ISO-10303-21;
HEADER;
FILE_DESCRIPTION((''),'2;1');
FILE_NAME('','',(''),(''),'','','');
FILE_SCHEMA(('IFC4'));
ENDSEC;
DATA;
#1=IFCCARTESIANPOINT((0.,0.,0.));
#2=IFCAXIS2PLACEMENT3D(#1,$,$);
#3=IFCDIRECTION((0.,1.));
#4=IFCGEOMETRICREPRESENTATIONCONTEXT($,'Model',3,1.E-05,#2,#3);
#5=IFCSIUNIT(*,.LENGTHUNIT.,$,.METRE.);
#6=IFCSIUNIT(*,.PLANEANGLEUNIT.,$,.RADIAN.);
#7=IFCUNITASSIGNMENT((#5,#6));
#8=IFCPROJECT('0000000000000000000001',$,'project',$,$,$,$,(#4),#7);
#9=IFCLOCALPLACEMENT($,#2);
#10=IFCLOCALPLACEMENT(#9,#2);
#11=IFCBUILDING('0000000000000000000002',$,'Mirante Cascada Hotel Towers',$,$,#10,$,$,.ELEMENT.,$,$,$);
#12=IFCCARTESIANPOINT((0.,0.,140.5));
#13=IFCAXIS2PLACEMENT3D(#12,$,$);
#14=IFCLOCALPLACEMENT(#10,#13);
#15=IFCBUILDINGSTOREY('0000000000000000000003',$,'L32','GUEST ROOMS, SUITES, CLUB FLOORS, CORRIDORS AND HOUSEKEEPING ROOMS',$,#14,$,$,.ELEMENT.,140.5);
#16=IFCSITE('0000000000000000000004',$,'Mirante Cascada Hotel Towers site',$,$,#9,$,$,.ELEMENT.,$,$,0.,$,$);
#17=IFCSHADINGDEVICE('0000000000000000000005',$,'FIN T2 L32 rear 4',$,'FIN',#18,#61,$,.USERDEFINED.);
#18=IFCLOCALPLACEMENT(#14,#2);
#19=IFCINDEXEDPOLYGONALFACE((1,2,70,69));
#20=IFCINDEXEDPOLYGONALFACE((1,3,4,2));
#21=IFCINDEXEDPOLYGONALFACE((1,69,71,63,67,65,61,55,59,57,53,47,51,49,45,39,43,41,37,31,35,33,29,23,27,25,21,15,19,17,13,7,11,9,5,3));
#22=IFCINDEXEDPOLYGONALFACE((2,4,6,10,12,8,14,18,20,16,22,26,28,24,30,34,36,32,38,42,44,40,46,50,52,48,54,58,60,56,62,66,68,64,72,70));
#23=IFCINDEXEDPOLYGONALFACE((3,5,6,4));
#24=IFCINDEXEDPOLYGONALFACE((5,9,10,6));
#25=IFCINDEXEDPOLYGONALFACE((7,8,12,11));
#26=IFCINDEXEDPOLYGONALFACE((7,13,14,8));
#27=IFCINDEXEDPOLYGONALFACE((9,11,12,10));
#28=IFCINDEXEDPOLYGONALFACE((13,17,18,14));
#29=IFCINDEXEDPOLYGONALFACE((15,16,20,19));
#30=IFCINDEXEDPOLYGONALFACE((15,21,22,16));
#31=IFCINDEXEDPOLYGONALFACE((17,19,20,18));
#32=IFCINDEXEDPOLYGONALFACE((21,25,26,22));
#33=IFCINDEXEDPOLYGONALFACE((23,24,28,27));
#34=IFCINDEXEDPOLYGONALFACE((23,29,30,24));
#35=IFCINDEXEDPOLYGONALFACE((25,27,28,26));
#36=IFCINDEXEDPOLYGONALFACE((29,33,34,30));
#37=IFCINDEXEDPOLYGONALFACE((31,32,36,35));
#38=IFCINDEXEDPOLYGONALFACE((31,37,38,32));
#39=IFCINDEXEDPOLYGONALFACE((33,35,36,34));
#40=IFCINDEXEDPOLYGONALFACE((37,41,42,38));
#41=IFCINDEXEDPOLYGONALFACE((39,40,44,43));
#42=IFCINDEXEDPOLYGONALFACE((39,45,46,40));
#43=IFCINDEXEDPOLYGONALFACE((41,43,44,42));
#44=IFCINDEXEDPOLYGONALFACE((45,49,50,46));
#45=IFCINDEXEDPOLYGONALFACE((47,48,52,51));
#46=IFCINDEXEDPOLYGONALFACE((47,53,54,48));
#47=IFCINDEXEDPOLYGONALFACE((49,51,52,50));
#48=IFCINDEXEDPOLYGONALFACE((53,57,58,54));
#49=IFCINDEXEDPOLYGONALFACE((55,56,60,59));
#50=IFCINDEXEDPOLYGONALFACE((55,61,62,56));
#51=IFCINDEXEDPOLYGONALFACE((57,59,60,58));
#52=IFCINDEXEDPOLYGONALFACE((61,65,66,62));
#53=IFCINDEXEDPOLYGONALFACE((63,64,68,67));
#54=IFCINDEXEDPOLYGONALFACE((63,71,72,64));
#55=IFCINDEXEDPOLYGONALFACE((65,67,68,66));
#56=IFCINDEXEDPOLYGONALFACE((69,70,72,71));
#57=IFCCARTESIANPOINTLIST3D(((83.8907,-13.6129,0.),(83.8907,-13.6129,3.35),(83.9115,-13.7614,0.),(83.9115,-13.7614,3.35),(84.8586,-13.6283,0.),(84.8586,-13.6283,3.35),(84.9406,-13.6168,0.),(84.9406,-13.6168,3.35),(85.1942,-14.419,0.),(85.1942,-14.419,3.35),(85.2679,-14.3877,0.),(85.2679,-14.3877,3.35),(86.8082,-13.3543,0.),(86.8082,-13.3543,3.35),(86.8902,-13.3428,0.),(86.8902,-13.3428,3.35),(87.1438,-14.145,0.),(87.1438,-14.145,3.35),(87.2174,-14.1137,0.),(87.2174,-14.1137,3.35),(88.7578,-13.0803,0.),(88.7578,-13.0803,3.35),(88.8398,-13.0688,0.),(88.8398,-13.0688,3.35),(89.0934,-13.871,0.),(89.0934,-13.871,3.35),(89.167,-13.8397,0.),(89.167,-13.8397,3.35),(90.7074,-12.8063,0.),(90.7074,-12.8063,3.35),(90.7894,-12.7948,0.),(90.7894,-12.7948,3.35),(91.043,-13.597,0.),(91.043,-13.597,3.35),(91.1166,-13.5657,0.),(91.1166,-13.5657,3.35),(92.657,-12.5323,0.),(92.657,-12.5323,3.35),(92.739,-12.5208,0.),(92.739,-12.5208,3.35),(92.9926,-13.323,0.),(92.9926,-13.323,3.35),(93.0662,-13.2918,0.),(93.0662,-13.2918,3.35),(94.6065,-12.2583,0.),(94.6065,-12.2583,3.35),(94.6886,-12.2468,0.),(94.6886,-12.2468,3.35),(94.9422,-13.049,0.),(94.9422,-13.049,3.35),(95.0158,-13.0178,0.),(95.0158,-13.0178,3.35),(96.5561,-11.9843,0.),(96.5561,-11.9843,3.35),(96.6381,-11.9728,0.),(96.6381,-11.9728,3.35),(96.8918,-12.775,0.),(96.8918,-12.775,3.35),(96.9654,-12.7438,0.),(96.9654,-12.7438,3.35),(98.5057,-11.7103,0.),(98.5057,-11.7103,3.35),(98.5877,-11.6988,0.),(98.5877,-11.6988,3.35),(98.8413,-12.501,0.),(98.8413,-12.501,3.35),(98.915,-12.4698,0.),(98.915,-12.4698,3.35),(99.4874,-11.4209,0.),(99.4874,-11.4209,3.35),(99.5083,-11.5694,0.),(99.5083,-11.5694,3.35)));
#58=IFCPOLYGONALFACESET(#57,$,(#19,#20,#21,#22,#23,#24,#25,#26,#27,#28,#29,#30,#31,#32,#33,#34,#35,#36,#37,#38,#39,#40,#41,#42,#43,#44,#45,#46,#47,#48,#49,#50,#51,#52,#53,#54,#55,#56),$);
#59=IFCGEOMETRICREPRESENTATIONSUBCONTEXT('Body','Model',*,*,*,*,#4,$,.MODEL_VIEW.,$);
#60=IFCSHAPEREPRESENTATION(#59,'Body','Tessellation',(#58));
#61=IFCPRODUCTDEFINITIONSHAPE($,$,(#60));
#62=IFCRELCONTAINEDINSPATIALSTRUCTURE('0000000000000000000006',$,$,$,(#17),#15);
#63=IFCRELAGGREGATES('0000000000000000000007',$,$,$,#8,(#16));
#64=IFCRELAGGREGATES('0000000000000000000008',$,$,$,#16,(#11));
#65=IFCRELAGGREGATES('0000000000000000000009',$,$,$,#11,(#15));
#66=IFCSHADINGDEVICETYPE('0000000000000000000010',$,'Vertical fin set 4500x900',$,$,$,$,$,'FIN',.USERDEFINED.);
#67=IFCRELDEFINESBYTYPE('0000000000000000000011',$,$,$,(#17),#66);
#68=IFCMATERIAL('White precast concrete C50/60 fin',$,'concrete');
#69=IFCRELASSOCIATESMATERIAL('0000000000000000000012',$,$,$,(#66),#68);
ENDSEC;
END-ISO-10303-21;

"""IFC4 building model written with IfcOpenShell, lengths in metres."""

from ifc_helpers import new_model, si_unit, direction, frame, origin, place, context, subcontext, project, spatial, polyline, outline, extrude, material, type_object, element, save


model = new_model("IFC4")

# Units and contexts
model_context = context("Model", 3, precision=1e-05, world=origin(), true_north=direction((0.0, 1.0)))
body_context = subcontext(model_context, "Body", "Model", "MODEL_VIEW")
ifc_project = project(units=[si_unit("LENGTHUNIT", "METRE"), si_unit("PLANEANGLEUNIT", "RADIAN")], contexts=[model_context])

# Site, building, storey
site_placement = place(None, origin())
site = spatial("IfcSite", under=ifc_project, at=site_placement, Name="Mirante Cascada Hotel Towers site", CompositionType="ELEMENT", RefElevation=0.0)
building_placement = place(site_placement, origin())
building = spatial("IfcBuilding", under=site, at=building_placement, Name="Mirante Cascada Hotel Towers", CompositionType="ELEMENT")
storey_placement = place(building_placement, frame((0.0, 0.0, 140.5)))
storey = spatial("IfcBuildingStorey", under=building, at=storey_placement, Name="L32", Description="GUEST ROOMS, SUITES, CLUB FLOORS, CORRIDORS AND HOUSEKEEPING ROOMS", CompositionType="ELEMENT", Elevation=140.5)

# Shading device
ifc_material_1 = material(Name="White precast concrete C50/60 fin", Category="concrete")
shading_device_type = type_object("IfcShadingDeviceType", Name="Vertical fin set 4500x900", ElementType="FIN", PredefinedType="USERDEFINED", material=ifc_material_1)
shading_device_1_placement = place(storey_placement, origin())
element("IfcShadingDevice", 1, at=shading_device_1_placement, inside=storey, type_object=shading_device_type, Name="FIN T2 L32 rear 4", ObjectType="FIN", PredefinedType="USERDEFINED", context=body_context, shape_type="SweptSolid", body=[
    extrude(outline(polyline([(85.1942, -14.419), (84.8586, -13.6283), (83.9115, -13.7614), (83.8907, -13.6129), (99.4874, -11.4209), (99.5083, -11.5694), (98.5877, -11.6988), (98.915, -12.4698), (98.8413, -12.501), (98.5057, -11.7103), (96.6381, -11.9728), (96.9654, -12.7438), (96.8918, -12.775), (96.5561, -11.9843), (94.6886, -12.2468), (95.0158, -13.0178), (94.9422, -13.049), (94.6065, -12.2583), (92.739, -12.5208), (93.0662, -13.2918), (92.9926, -13.323), (92.657, -12.5323), (90.7894, -12.7948), (91.1166, -13.5657), (91.043, -13.597), (90.7074, -12.8063), (88.8398, -13.0688), (89.167, -13.8397), (89.0934, -13.871), (88.7578, -13.0803), (86.8902, -13.3428), (87.2174, -14.1137), (87.1438, -14.145), (86.8082, -13.3543), (84.9406, -13.6168), (85.2679, -14.3877), (85.1942, -14.419)])), origin(), (0.0, 0.0, 1.0), 3.35),
])

save(model, "model.ifc")
